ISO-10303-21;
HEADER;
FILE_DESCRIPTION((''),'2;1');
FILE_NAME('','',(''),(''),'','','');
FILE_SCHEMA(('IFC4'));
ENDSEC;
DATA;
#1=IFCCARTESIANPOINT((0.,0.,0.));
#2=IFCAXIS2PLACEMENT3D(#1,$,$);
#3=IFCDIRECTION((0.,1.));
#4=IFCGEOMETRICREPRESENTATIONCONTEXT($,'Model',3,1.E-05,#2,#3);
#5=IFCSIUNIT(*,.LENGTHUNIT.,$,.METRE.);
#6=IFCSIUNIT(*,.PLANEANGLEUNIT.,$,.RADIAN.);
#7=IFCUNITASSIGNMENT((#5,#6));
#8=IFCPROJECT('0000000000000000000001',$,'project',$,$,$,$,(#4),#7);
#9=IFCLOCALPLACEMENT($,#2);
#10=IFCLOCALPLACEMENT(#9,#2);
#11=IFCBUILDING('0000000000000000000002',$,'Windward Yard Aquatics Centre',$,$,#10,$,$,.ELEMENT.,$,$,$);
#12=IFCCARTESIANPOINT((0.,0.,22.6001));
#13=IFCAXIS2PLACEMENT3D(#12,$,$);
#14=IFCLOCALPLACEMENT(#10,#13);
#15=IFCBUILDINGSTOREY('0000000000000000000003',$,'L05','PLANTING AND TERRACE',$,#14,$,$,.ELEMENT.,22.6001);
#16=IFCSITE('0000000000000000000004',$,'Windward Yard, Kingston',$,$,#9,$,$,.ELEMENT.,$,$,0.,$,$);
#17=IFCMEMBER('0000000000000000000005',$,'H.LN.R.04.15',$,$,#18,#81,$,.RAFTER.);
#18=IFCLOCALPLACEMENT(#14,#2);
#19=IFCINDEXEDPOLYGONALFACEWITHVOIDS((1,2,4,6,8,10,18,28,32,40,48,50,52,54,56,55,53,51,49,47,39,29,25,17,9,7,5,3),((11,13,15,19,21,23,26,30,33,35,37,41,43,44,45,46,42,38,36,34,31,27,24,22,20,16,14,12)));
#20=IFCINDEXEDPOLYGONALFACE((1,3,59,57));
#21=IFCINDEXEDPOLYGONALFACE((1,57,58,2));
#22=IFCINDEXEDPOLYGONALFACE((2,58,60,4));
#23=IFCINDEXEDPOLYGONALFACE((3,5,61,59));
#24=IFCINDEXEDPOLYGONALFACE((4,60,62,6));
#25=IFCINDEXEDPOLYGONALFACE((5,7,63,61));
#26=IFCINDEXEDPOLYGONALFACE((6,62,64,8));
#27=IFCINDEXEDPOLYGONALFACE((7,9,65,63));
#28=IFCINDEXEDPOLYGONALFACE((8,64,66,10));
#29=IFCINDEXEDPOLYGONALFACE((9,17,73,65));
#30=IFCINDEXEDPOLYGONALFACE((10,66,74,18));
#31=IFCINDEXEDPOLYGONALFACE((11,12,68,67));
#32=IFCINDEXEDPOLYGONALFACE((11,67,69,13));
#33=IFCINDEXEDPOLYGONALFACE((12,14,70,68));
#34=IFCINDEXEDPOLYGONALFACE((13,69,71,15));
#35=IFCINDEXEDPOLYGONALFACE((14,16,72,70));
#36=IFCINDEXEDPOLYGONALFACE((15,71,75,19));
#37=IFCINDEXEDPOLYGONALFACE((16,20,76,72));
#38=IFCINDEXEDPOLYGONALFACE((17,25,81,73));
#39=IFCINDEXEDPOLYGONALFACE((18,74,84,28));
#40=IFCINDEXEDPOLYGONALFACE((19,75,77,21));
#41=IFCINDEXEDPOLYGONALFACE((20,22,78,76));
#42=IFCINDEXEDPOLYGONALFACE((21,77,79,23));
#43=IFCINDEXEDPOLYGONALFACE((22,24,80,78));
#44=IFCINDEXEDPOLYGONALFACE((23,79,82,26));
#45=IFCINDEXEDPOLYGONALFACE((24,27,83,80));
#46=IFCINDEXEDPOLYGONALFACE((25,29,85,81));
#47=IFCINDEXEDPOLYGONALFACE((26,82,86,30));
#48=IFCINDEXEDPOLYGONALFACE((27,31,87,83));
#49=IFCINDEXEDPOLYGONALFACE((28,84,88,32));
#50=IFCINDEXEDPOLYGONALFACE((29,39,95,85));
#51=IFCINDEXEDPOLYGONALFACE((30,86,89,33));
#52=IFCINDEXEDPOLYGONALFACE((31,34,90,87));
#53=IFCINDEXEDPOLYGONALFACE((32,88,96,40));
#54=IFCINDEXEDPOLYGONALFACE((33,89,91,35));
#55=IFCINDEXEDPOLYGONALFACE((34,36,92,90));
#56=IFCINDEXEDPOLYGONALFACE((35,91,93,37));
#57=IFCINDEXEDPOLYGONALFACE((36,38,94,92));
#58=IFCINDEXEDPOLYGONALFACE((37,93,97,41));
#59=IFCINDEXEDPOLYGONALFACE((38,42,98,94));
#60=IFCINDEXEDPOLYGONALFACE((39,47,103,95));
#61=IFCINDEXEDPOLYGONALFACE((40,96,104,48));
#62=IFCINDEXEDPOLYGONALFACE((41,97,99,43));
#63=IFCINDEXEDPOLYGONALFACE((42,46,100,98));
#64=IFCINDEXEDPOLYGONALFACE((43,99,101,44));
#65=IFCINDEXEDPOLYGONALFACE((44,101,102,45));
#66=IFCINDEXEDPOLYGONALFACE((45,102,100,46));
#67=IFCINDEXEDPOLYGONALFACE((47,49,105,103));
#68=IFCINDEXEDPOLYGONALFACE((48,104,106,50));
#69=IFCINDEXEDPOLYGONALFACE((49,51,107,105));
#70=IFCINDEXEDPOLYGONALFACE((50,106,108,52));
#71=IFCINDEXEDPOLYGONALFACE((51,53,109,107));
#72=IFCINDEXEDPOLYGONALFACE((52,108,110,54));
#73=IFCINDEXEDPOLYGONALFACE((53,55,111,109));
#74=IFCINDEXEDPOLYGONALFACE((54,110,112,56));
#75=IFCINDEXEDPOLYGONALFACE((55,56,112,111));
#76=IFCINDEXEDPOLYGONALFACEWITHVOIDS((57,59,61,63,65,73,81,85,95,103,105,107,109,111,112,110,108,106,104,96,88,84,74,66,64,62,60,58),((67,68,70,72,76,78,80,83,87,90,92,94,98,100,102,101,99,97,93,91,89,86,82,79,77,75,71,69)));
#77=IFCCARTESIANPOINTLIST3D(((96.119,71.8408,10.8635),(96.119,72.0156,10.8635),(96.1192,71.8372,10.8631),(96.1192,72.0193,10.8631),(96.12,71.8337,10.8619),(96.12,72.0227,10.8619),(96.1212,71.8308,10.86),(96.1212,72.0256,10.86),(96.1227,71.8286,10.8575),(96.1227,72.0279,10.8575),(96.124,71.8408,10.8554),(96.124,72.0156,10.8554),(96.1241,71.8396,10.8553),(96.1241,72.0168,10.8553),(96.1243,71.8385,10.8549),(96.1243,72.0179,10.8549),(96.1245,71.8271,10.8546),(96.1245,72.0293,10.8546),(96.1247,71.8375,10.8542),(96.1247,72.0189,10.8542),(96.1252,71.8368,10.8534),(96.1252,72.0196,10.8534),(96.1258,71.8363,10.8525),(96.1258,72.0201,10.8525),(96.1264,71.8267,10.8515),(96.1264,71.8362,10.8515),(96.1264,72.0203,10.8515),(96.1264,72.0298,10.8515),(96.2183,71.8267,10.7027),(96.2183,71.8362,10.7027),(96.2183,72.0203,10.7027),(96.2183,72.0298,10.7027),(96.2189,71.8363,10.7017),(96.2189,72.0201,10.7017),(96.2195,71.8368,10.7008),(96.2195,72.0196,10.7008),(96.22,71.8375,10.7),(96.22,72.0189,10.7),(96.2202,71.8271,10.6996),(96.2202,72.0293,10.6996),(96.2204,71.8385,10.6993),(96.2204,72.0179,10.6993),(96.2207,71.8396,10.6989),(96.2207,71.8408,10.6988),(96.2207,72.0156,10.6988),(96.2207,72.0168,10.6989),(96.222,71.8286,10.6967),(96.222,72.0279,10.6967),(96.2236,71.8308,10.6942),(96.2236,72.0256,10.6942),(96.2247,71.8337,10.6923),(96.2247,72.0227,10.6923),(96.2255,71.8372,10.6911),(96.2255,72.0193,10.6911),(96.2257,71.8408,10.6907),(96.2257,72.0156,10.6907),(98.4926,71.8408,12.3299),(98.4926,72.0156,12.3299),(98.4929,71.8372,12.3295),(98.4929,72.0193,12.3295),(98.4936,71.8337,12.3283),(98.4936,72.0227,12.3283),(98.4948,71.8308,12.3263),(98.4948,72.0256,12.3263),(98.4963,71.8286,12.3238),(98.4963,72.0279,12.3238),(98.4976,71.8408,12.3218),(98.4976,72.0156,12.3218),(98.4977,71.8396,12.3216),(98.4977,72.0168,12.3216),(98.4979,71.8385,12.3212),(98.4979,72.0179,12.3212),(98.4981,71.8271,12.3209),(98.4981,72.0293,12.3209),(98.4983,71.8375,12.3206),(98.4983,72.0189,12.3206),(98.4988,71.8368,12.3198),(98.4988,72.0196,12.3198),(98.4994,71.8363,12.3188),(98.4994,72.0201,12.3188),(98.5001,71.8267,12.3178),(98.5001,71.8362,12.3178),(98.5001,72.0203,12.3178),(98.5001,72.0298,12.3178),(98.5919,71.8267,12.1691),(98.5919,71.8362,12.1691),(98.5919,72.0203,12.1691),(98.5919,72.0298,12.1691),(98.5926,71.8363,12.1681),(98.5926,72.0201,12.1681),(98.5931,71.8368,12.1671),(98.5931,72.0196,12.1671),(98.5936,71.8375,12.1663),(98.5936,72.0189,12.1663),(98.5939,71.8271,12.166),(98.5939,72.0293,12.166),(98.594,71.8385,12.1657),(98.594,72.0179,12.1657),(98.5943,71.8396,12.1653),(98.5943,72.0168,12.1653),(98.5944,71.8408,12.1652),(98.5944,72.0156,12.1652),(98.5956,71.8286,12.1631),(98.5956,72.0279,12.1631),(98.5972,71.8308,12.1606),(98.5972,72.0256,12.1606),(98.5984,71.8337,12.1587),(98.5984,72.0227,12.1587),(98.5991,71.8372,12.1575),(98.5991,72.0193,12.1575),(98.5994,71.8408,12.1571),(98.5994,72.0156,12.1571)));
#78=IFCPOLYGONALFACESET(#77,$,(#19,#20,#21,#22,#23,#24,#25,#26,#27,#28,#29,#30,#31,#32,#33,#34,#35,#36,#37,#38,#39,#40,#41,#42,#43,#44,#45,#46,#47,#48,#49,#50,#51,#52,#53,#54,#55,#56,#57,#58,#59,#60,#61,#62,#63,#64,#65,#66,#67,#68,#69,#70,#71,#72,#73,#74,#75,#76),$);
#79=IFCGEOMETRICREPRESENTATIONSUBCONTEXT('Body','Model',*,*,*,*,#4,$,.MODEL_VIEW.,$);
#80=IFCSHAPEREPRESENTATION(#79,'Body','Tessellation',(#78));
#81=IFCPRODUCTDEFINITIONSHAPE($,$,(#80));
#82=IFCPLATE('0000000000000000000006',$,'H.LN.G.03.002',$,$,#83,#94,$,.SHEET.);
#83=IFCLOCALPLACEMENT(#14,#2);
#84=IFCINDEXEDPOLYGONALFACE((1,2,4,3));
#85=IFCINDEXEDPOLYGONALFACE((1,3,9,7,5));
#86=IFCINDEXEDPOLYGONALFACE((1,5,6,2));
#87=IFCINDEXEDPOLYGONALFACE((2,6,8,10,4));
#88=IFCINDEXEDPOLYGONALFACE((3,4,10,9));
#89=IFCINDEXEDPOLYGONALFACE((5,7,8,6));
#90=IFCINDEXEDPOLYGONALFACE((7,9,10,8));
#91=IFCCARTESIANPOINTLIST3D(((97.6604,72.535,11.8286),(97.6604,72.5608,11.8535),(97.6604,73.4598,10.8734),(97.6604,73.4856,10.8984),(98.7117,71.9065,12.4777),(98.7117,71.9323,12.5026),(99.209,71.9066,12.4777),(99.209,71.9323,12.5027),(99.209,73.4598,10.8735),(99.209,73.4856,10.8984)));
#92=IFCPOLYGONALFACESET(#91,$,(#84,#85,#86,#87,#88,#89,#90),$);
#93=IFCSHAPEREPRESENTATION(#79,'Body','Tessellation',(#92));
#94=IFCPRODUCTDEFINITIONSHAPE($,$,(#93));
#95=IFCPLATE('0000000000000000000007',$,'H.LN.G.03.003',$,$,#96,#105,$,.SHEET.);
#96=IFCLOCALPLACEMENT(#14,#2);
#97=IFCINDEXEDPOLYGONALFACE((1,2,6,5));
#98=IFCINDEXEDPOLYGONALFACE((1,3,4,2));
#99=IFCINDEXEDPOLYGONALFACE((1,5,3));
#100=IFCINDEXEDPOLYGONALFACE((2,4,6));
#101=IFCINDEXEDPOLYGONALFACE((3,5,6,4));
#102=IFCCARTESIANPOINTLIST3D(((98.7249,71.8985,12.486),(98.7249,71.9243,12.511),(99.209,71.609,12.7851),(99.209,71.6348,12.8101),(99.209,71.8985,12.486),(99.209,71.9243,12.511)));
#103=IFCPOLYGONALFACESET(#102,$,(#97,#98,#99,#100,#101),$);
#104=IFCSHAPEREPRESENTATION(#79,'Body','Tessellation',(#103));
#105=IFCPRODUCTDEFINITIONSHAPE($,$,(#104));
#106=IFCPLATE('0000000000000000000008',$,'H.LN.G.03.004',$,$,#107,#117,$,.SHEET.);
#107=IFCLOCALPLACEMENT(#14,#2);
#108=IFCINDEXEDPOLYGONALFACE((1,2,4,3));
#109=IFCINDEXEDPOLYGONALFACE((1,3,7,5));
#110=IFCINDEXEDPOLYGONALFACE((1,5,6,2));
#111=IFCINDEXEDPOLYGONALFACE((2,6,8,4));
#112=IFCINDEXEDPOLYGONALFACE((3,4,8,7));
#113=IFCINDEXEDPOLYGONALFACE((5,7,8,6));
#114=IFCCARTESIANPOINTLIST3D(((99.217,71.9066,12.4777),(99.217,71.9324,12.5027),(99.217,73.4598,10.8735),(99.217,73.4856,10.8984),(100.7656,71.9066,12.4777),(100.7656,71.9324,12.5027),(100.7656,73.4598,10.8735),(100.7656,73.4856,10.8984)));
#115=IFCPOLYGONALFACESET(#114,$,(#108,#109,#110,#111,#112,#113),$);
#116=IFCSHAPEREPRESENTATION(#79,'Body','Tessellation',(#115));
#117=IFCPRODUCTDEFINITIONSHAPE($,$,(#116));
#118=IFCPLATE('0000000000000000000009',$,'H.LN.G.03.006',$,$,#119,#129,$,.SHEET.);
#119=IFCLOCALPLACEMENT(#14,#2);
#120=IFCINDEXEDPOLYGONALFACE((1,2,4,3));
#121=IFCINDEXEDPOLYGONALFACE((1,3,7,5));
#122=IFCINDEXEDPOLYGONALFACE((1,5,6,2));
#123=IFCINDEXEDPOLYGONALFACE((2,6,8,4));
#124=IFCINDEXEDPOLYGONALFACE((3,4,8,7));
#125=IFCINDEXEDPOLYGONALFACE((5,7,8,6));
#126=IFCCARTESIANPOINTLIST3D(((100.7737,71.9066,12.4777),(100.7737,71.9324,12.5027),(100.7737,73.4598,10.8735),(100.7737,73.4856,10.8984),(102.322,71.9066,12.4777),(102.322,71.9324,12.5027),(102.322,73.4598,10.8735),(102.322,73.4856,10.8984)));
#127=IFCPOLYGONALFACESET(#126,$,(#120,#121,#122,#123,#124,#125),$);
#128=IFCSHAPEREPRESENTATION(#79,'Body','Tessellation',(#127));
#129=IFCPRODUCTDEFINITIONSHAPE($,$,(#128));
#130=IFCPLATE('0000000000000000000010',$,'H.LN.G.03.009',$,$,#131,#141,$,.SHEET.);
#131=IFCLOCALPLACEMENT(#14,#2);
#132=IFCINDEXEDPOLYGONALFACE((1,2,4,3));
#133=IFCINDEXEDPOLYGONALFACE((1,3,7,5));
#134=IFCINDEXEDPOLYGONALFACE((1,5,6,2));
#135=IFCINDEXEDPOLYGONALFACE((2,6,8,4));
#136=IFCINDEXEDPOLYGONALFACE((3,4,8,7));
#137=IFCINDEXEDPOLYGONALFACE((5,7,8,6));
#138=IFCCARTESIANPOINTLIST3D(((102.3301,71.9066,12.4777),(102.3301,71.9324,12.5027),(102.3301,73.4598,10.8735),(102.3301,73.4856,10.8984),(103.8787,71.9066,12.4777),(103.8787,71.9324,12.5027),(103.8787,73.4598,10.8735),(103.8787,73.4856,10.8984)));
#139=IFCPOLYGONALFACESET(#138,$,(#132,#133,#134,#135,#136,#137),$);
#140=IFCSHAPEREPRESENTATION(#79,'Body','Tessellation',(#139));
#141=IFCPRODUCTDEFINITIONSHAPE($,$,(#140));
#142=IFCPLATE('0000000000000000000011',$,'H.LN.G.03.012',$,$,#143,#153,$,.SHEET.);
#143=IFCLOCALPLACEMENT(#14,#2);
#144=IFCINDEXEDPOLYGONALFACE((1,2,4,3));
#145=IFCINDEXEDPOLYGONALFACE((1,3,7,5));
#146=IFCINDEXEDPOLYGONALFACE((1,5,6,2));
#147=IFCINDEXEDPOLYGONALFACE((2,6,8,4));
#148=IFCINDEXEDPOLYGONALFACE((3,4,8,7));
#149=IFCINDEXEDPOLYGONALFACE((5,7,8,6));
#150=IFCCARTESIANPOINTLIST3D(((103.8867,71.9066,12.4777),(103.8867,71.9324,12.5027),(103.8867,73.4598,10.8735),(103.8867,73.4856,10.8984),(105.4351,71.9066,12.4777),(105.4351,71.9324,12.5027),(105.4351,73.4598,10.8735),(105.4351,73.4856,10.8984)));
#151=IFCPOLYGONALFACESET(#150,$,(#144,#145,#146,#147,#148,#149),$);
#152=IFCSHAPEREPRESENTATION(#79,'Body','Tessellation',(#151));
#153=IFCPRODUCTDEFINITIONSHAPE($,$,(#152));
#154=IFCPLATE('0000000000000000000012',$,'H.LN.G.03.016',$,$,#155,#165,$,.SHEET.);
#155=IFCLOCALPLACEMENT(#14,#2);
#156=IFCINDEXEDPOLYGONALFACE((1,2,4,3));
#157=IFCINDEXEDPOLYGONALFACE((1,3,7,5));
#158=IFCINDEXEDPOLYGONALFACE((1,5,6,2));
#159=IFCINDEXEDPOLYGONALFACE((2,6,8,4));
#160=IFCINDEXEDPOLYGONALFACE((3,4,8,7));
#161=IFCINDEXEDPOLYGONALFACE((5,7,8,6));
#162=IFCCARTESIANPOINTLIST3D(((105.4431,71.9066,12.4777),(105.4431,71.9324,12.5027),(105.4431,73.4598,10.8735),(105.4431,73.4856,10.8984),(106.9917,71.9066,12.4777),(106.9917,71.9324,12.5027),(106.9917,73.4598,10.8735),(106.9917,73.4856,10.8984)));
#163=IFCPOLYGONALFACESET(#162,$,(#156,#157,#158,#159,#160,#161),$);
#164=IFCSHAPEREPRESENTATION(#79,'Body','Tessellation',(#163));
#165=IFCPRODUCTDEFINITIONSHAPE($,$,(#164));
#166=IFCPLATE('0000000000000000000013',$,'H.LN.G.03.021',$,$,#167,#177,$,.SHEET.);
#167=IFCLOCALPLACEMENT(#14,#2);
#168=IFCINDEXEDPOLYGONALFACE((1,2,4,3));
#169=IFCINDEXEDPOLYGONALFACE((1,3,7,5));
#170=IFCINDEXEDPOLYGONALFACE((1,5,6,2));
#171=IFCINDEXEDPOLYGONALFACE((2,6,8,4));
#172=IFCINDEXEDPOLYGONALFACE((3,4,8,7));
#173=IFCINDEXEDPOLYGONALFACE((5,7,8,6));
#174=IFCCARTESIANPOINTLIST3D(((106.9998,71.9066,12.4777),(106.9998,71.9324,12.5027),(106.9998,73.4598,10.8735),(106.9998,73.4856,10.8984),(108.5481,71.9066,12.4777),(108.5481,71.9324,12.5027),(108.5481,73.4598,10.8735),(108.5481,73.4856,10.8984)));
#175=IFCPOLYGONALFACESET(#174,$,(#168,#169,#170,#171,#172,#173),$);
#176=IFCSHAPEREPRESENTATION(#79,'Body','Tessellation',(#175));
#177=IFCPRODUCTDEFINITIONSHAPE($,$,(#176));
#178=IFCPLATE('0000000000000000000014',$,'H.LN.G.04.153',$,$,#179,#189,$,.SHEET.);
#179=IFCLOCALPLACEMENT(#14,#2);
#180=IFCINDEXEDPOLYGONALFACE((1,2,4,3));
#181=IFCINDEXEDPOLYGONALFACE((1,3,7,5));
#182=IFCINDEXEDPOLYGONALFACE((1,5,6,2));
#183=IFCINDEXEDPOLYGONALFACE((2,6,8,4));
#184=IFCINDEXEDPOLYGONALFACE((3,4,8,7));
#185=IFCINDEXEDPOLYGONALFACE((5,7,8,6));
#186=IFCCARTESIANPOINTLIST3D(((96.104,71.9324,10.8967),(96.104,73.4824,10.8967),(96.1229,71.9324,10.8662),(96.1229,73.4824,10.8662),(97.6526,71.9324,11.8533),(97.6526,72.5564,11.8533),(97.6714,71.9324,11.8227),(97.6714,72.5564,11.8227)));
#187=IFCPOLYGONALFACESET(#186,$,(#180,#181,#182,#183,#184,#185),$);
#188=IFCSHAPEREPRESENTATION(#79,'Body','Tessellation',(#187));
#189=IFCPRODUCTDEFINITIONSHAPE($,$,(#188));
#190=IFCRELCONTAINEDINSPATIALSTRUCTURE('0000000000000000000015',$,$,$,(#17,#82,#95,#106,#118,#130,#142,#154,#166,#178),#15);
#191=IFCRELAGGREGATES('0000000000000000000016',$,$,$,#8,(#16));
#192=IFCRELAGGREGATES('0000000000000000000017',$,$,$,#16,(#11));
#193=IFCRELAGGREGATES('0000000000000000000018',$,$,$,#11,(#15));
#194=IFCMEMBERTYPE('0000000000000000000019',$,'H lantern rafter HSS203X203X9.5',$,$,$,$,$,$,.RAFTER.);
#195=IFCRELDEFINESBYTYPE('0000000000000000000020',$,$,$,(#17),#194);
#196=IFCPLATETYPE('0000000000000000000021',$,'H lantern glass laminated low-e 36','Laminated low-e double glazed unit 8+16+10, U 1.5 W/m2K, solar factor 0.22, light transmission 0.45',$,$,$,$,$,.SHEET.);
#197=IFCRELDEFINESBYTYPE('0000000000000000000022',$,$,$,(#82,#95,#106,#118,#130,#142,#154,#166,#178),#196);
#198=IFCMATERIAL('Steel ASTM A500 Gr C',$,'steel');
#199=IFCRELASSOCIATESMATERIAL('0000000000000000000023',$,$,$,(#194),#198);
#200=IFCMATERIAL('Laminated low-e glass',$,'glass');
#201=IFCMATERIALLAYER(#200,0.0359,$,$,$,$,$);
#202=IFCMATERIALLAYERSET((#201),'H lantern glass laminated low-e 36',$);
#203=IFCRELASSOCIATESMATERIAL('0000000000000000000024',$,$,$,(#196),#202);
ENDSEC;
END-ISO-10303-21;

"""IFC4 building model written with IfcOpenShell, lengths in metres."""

from ifc_helpers import new_model, si_unit, direction, frame, origin, origin_2d, place, context, subcontext, project, spatial, polyline, hollow_rectangle, outline, extrude, material, layer, layer_set, material_profile, profile_set, type_object, element, save


model = new_model("IFC4")

# Units and contexts
model_context = context("Model", 3, precision=1e-05, world=origin(), true_north=direction((0.0, 1.0)))
body_context = subcontext(model_context, "Body", "Model", "MODEL_VIEW")
ifc_project = project(units=[si_unit("LENGTHUNIT", "METRE"), si_unit("PLANEANGLEUNIT", "RADIAN")], contexts=[model_context])

# Site, building, storey
site_placement = place(None, origin())
site = spatial("IfcSite", under=ifc_project, at=site_placement, Name="Windward Yard, Kingston", CompositionType="ELEMENT", RefElevation=0.0)
building_placement = place(site_placement, origin())
building = spatial("IfcBuilding", under=site, at=building_placement, Name="Windward Yard Aquatics Centre", CompositionType="ELEMENT")
storey_placement = place(building_placement, frame((0.0, 0.0, 22.6001)))
storey = spatial("IfcBuildingStorey", under=building, at=storey_placement, Name="L05", Description="PLANTING AND TERRACE", CompositionType="ELEMENT", Elevation=22.6001)

# Member
ifc_material_1 = material(Name="Steel ASTM A500 Gr C", Category="steel")
ifc_material_profile_1 = material_profile(ifc_material_1, hollow_rectangle(XDim=0.2031, YDim=0.2031, WallThickness=0.0095, InnerFilletRadius=0.0046, OuterFilletRadius=0.0142, at=origin_2d()), Name="HSS203X203X9.5")
ifc_profile_set_1 = profile_set([ifc_material_profile_1], Name="Steel ASTM A500 Gr C")
member_type_1 = type_object("IfcMemberType", Name="H lantern rafter HSS203X203X9.5", PredefinedType="RAFTER", material=ifc_profile_set_1)
member_1_placement = place(storey_placement, frame((96.1724, 71.9282, 10.7771), z_axis=(0.85075, 0.0, 0.525571), x_axis=(0.0, 1.0, 0.0)))
element("IfcMember", 1, at=member_1_placement, inside=storey, type_object=member_type_1, Name="H.LN.R.04.15", PredefinedType="RAFTER", context=body_context, shape_type="SweptSolid", body=[
    extrude(hollow_rectangle(XDim=0.2031, YDim=0.2031, WallThickness=0.0095, InnerFilletRadius=0.0046, OuterFilletRadius=0.0142, at=origin_2d()), origin(), (0.0, 0.0, 1.0), 2.79),
])

# Plates
ifc_material_2 = material(Name="Laminated low-e glass", Category="glass")
ifc_layer_1 = layer(ifc_material_2, 0.0359)
ifc_layer_set_1 = layer_set([ifc_layer_1], Name="H lantern glass laminated low-e 36")
plate_type = type_object("IfcPlateType", Name="H lantern glass laminated low-e 36", Description="Laminated low-e double glazed unit 8+16+10, U 1.5 W/m2K, solar factor 0.22, light transmission 0.45", PredefinedType="SHEET", material=ifc_layer_set_1)
plate_1_placement = place(storey_placement, frame((97.6604, 72.5608, 11.8535), z_axis=(-0.000028, 0.718431, 0.695598), x_axis=(0.0, 0.695598, -0.718431)))
element("IfcPlate", 2, at=plate_1_placement, inside=storey, type_object=plate_type, Name="H.LN.G.03.002", PredefinedType="SHEET", context=body_context, shape_type="SweptSolid", body=[
    extrude(outline(polyline([(0.0, 0.0), (1.3295, 0.0), (1.3295, -1.5486), (-0.9035, -1.5486), (-0.9035, -1.0513), (0.0, 0.0)])), origin(), (0.0, 0.0, -1.0), 0.0359),
])
plate_2_placement = place(storey_placement, frame((98.7249, 71.9243, 12.511), z_axis=(0.0, 0.718451, 0.695578), x_axis=(1.0, 0.0, 0.0)))
element("IfcPlate", 3, at=plate_2_placement, inside=storey, type_object=plate_type, Name="H.LN.G.03.003", PredefinedType="SHEET", context=body_context, shape_type="SweptSolid", body=[
    extrude(outline(polyline([(0.0, 0.0), (0.4841, 0.0), (0.4841, -0.4163), (0.0, 0.0)])), origin(), (0.0, 0.0, -1.0), 0.0359),
])
plate_3_placement = place(storey_placement, frame((99.217, 71.9324, 12.5027), z_axis=(0.0, 0.71844, 0.695589), x_axis=(0.0, 0.695589, -0.71844)))
element("IfcPlate", 4, at=plate_3_placement, inside=storey, type_object=plate_type, Name="H.LN.G.03.004", PredefinedType="SHEET", context=body_context, shape_type="SweptSolid", body=[
    extrude(outline(polyline([(0.0, 0.0), (2.233, 0.0), (2.233, -1.5486), (0.0, -1.5486), (0.0, 0.0)])), origin(), (0.0, 0.0, -1.0), 0.0359),
])
plate_4_placement = place(storey_placement, frame((100.7737, 71.9324, 12.5027), z_axis=(0.0, 0.71844, 0.695589), x_axis=(0.0, 0.695589, -0.71844)))
element("IfcPlate", 5, at=plate_4_placement, inside=storey, type_object=plate_type, Name="H.LN.G.03.006", PredefinedType="SHEET", context=body_context, shape_type="SweptSolid", body=[
    extrude(outline(polyline([(0.0, 0.0), (2.233, 0.0), (2.233, -1.5483), (0.0, -1.5483), (0.0, 0.0)])), origin(), (0.0, 0.0, -1.0), 0.0359),
])
plate_5_placement = place(storey_placement, frame((102.3301, 71.9324, 12.5027), z_axis=(0.0, 0.71844, 0.695589), x_axis=(0.0, 0.695589, -0.71844)))
element("IfcPlate", 6, at=plate_5_placement, inside=storey, type_object=plate_type, Name="H.LN.G.03.009", PredefinedType="SHEET", context=body_context, shape_type="SweptSolid", body=[
    extrude(outline(polyline([(0.0, 0.0), (2.233, 0.0), (2.233, -1.5486), (0.0, -1.5486), (0.0, 0.0)])), origin(), (0.0, 0.0, -1.0), 0.0359),
])
plate_6_placement = place(storey_placement, frame((103.8867, 71.9324, 12.5027), z_axis=(0.0, 0.71844, 0.695589), x_axis=(0.0, 0.695589, -0.71844)))
element("IfcPlate", 7, at=plate_6_placement, inside=storey, type_object=plate_type, Name="H.LN.G.03.012", PredefinedType="SHEET", context=body_context, shape_type="SweptSolid", body=[
    extrude(outline(polyline([(0.0, 0.0), (2.233, 0.0), (2.233, -1.5483), (0.0, -1.5483), (0.0, 0.0)])), origin(), (0.0, 0.0, -1.0), 0.0359),
])
plate_7_placement = place(storey_placement, frame((105.4431, 71.9324, 12.5027), z_axis=(0.0, 0.71844, 0.695589), x_axis=(0.0, 0.695589, -0.71844)))
element("IfcPlate", 8, at=plate_7_placement, inside=storey, type_object=plate_type, Name="H.LN.G.03.016", PredefinedType="SHEET", context=body_context, shape_type="SweptSolid", body=[
    extrude(outline(polyline([(0.0, 0.0), (2.233, 0.0), (2.233, -1.5486), (0.0, -1.5486), (0.0, 0.0)])), origin(), (0.0, 0.0, -1.0), 0.0359),
])
plate_8_placement = place(storey_placement, frame((106.9998, 71.9324, 12.5027), z_axis=(0.0, 0.71844, 0.695589), x_axis=(0.0, 0.695589, -0.71844)))
element("IfcPlate", 9, at=plate_8_placement, inside=storey, type_object=plate_type, Name="H.LN.G.03.021", PredefinedType="SHEET", context=body_context, shape_type="SweptSolid", body=[
    extrude(outline(polyline([(0.0, 0.0), (2.233, 0.0), (2.233, -1.5483), (0.0, -1.5483), (0.0, 0.0)])), origin(), (0.0, 0.0, -1.0), 0.0359),
])
plate_9_placement = place(storey_placement, frame((96.104, 71.9324, 10.8967), z_axis=(-0.525519, 0.0, 0.850782), x_axis=(0.0, 1.0, 0.0)))
element("IfcPlate", 10, at=plate_9_placement, inside=storey, type_object=plate_type, Name="H.LN.G.04.153", PredefinedType="SHEET", context=body_context, shape_type="SweptSolid", body=[
    extrude(outline(polyline([(0.0, 0.0), (1.55, 0.0), (0.624, -1.8202), (0.0, -1.8202), (0.0, 0.0)])), origin(), (0.0, 0.0, -1.0), 0.0359),
])

save(model, "model.ifc")
